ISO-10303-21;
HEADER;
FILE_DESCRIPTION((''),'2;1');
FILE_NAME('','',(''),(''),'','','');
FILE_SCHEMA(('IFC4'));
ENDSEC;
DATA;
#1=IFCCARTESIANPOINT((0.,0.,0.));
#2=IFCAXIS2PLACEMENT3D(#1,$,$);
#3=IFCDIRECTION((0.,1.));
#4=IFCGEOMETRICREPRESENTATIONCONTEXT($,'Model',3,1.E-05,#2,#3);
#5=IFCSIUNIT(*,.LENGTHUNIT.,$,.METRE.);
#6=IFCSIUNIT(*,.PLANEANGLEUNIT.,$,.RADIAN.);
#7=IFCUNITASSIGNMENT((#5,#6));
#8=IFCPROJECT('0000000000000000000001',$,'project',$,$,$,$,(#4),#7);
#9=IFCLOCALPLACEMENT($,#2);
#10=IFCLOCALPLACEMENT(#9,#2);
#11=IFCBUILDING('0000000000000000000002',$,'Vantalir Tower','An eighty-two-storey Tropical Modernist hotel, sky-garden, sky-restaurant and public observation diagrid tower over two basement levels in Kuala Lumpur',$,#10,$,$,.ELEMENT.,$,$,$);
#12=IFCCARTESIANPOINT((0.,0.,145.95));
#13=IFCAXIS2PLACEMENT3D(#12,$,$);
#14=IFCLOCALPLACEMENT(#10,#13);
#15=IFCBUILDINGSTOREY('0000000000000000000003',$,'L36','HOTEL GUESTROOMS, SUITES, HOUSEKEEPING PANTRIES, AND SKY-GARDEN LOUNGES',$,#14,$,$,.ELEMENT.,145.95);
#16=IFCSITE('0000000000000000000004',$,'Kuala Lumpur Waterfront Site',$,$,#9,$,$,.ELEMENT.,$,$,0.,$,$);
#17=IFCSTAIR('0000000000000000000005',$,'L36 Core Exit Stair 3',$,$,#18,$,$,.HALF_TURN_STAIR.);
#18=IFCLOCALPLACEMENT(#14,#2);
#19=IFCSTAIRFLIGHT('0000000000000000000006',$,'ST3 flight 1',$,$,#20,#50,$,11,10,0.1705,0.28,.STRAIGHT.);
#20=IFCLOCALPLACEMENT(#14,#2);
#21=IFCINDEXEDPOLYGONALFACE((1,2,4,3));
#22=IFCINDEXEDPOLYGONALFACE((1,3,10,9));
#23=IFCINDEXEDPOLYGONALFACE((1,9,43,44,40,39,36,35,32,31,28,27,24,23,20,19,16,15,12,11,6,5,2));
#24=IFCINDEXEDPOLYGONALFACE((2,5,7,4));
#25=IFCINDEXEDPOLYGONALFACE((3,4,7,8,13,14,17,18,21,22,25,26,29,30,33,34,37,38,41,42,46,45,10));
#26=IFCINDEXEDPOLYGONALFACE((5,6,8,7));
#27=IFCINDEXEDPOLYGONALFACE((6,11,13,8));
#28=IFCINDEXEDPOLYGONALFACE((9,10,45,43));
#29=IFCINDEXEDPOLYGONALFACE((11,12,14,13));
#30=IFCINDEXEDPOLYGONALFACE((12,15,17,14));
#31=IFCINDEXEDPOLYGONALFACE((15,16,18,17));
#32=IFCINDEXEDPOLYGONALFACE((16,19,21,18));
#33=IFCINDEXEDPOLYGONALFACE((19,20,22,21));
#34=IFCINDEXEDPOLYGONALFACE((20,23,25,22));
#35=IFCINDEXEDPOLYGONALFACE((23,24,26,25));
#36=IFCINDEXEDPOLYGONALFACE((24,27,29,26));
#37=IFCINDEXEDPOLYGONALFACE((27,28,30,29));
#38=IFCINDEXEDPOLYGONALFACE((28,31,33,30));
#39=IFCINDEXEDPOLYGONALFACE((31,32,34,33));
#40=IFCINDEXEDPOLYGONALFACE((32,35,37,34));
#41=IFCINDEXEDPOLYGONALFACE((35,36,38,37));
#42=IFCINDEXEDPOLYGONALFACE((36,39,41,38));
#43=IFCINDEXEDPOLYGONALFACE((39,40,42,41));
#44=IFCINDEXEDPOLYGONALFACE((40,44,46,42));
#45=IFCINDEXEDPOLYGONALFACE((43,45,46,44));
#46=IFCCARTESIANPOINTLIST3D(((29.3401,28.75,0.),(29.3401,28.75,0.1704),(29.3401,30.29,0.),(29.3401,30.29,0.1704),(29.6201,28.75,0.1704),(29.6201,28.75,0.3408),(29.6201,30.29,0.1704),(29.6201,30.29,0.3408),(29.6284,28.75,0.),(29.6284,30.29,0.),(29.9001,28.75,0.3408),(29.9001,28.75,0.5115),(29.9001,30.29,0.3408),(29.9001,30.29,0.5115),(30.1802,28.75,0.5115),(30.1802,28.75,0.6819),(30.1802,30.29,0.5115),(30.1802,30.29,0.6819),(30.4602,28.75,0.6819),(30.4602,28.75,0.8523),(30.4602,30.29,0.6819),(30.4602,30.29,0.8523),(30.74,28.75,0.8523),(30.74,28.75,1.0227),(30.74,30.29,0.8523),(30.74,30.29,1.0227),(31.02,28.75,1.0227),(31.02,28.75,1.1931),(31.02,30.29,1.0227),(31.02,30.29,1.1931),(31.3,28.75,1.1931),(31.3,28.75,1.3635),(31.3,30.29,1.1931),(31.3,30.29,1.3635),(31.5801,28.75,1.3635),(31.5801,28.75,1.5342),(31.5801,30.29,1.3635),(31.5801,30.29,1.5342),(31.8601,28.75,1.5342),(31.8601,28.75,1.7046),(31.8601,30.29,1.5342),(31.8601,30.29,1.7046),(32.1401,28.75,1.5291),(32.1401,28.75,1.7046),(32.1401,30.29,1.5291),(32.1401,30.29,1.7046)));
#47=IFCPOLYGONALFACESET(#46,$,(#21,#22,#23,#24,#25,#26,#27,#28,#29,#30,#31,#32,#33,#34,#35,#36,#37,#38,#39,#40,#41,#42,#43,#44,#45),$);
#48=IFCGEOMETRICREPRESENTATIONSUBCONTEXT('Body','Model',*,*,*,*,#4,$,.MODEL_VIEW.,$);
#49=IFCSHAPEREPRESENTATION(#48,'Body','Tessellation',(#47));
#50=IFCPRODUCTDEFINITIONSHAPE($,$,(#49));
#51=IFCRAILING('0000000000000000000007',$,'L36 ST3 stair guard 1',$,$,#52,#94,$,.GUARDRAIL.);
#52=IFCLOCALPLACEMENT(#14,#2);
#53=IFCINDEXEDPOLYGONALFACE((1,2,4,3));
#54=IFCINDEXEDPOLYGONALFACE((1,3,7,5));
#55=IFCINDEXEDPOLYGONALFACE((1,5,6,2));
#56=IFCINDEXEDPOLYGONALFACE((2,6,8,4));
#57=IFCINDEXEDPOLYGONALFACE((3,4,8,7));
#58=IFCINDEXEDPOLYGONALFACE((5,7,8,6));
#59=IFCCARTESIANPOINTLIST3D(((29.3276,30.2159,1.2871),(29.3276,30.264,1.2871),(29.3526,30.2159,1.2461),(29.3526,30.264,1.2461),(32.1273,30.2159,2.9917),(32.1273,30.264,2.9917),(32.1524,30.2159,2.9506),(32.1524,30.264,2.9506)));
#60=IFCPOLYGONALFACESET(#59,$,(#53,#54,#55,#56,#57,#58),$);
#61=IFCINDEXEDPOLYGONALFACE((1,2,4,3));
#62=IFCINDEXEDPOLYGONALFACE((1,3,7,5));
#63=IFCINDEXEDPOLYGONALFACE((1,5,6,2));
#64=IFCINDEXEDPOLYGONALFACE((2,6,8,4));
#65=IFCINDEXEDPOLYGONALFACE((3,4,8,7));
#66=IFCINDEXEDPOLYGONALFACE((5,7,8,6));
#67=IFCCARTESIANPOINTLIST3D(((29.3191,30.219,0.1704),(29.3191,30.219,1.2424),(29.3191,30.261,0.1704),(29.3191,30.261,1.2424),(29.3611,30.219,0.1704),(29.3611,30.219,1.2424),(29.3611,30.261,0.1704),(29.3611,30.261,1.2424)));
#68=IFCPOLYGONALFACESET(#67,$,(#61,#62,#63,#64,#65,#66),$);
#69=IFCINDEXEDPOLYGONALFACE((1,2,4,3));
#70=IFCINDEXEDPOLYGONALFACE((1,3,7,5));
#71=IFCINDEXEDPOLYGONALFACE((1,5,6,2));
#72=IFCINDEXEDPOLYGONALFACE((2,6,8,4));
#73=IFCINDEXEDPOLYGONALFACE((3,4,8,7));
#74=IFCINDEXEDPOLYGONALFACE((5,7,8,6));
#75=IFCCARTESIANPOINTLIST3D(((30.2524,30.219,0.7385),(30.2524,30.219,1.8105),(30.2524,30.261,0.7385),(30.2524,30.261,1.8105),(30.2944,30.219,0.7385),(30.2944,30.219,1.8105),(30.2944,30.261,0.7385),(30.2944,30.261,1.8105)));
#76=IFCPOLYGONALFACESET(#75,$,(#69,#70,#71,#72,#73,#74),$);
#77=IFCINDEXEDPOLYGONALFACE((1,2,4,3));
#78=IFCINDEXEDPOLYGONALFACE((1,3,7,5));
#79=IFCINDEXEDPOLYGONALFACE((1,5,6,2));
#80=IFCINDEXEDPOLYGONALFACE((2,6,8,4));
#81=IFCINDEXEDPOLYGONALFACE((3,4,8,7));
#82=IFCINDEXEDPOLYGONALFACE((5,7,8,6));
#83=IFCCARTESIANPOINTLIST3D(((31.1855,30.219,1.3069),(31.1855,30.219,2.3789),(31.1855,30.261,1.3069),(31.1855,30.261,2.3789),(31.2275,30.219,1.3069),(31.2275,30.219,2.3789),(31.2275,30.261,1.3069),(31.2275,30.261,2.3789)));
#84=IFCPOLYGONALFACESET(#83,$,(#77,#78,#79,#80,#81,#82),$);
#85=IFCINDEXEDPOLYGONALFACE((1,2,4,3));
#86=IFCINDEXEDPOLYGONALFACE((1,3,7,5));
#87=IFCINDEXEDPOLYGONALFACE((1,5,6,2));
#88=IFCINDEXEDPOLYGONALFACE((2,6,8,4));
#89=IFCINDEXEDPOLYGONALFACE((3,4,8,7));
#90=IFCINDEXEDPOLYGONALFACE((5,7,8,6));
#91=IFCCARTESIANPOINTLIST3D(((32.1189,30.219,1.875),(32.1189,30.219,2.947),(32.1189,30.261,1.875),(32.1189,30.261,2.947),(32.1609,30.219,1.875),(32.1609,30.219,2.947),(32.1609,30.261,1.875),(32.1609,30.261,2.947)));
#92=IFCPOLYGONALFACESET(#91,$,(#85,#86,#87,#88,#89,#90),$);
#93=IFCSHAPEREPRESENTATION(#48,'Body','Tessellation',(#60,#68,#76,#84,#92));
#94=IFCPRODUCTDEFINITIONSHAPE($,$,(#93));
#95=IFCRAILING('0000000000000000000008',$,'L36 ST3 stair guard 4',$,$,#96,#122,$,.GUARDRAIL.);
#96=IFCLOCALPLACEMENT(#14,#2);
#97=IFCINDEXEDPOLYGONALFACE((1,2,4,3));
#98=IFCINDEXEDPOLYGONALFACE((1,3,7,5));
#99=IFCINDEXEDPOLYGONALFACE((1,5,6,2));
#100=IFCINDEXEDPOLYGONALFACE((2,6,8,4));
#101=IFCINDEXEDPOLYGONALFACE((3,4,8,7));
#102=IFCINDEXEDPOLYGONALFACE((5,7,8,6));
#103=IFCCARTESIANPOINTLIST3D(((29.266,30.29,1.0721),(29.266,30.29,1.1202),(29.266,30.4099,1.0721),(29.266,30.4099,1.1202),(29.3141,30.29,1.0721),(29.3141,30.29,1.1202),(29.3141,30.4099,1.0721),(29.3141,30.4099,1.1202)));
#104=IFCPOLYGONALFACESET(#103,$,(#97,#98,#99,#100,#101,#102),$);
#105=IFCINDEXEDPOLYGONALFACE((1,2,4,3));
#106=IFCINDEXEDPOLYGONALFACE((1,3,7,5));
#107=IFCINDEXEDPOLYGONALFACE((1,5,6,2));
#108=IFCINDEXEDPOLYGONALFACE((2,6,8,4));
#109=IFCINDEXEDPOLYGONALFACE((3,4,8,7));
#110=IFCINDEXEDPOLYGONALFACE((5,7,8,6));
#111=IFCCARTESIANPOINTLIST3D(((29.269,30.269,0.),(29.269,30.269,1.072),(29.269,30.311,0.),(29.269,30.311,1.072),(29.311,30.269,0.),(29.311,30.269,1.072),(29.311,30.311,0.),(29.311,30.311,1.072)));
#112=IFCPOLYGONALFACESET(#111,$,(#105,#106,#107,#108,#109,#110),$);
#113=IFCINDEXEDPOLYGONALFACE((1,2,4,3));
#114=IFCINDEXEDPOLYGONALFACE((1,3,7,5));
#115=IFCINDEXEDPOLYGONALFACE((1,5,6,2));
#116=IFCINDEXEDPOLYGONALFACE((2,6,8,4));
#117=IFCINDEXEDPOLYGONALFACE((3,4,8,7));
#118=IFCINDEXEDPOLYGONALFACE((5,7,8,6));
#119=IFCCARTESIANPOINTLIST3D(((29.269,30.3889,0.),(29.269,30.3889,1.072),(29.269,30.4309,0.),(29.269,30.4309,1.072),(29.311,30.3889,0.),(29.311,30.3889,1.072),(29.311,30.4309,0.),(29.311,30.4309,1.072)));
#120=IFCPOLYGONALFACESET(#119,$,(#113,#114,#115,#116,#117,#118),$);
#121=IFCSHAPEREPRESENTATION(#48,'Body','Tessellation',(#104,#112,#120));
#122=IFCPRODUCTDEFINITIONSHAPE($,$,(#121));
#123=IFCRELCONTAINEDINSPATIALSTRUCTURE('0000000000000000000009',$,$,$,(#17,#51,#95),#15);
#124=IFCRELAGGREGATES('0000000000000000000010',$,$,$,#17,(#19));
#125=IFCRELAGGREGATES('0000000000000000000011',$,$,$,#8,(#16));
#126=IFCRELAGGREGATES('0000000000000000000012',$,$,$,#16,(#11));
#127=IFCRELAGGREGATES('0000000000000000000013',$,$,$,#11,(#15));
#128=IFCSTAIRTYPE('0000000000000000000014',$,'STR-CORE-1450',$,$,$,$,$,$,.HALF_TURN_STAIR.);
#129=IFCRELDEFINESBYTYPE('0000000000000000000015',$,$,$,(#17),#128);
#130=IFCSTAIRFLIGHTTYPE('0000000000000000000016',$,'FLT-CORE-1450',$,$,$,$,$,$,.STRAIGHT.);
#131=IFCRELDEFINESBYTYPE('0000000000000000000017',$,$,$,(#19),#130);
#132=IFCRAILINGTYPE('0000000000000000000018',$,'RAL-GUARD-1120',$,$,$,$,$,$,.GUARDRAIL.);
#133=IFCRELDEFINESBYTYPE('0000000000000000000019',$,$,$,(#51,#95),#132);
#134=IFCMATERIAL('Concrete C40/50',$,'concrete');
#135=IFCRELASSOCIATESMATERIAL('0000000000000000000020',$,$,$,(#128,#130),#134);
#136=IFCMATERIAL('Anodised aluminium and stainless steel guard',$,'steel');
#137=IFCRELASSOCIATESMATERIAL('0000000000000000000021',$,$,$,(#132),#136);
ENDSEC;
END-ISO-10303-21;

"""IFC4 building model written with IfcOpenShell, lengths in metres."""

from ifc_helpers import new_model, si_unit, direction, frame, origin, origin_2d, place, context, subcontext, project, spatial, polyline, rectangle, outline, extrude, material, type_object, element, aggregate, save


model = new_model("IFC4")

# Units and contexts
model_context = context("Model", 3, precision=1e-05, world=origin(), true_north=direction((0.0, 1.0)))
body_context = subcontext(model_context, "Body", "Model", "MODEL_VIEW")
ifc_project = project(units=[si_unit("LENGTHUNIT", "METRE"), si_unit("PLANEANGLEUNIT", "RADIAN")], contexts=[model_context])

# Site, building, storey
site_placement = place(None, origin())
site = spatial("IfcSite", under=ifc_project, at=site_placement, Name="Kuala Lumpur Waterfront Site", CompositionType="ELEMENT", RefElevation=0.0)
building_placement = place(site_placement, origin())
building = spatial("IfcBuilding", under=site, at=building_placement, Name="Vantalir Tower", Description="An eighty-two-storey Tropical Modernist hotel, sky-garden, sky-restaurant and public observation diagrid tower over two basement levels in Kuala Lumpur", CompositionType="ELEMENT")
storey_placement = place(building_placement, frame((0.0, 0.0, 145.95)))
storey = spatial("IfcBuildingStorey", under=building, at=storey_placement, Name="L36", Description="HOTEL GUESTROOMS, SUITES, HOUSEKEEPING PANTRIES, AND SKY-GARDEN LOUNGES", CompositionType="ELEMENT", Elevation=145.95)

# Stair, stair flight
ifc_material_1 = material(Name="Concrete C40/50", Category="concrete")
stair_type = type_object("IfcStairType", Name="STR-CORE-1450", PredefinedType="HALF_TURN_STAIR", material=ifc_material_1)
stair_placement = place(storey_placement, origin())
stair = element("IfcStair", 1, at=stair_placement, inside=storey, type_object=stair_type, Name="L36 Core Exit Stair 3", PredefinedType="HALF_TURN_STAIR")
stair_flight_type = type_object("IfcStairFlightType", Name="FLT-CORE-1450", PredefinedType="STRAIGHT", material=ifc_material_1)
stair_flight_placement = place(storey_placement, frame((29.3401, 29.52, 0.0), z_axis=(0.0, 0.0, 1.0), x_axis=(1.0, 0.0, 0.0)))
stair_flight = element("IfcStairFlight", 2, at=stair_flight_placement, type_object=stair_flight_type, Name="ST3 flight 1", NumberOfRisers=11, NumberOfTreads=10, PredefinedType="STRAIGHT", RiserHeight=0.1705, TreadLength=0.28, context=body_context, shape_type="SweptSolid", body=[
    extrude(outline(polyline([(0.0, 0.0), (0.0, 0.1704), (0.28, 0.1704), (0.28, 0.3408), (0.5601, 0.3408), (0.5601, 0.5115), (0.8401, 0.5115), (0.8401, 0.6819), (1.1201, 0.6819), (1.1201, 0.8523), (1.3999, 0.8523), (1.3999, 1.0227), (1.6799, 1.0227), (1.6799, 1.1931), (1.96, 1.1931), (1.96, 1.3635), (2.24, 1.3635), (2.24, 1.5342), (2.52, 1.5342), (2.52, 1.7046), (2.8, 1.7046), (2.8, 1.875), (2.8, 1.5291), (0.2883, 0.0), (0.0, 0.0)])), frame((0.0, 0.77, 0.0), z_axis=(0.0, -1.0, 0.0), x_axis=(1.0, 0.0, 0.0)), (0.0, 0.0, 1.0), 1.54),
])
aggregate(stair, [stair_flight])

# Railings
ifc_material_2 = material(Name="Anodised aluminium and stainless steel guard", Category="steel")
railing_type = type_object("IfcRailingType", Name="RAL-GUARD-1120", PredefinedType="GUARDRAIL", material=ifc_material_2)
railing_1_placement = place(storey_placement, frame((29.3401, 30.24, 0.1704)))
element("IfcRailing", 3, at=railing_1_placement, inside=storey, type_object=railing_type, Name="L36 ST3 stair guard 1", PredefinedType="GUARDRAIL", context=body_context, shape_type="SweptSolid", body=[
    extrude(rectangle(XDim=0.0481, YDim=0.0481, at=origin_2d()), frame((0.0, 0.0, 1.0962), z_axis=(0.85415, 0.0, 0.520027), x_axis=(0.0, 1.0, 0.0)), (0.0, 0.0, 1.0), 3.2778),
    extrude(rectangle(XDim=0.042, YDim=0.042, at=origin_2d()), origin(), (0.0, 0.0, 1.0), 1.072),
    extrude(rectangle(XDim=0.042, YDim=0.042, at=origin_2d()), frame((0.9333, 0.0, 0.5681)), (0.0, 0.0, 1.0), 1.072),
    extrude(rectangle(XDim=0.042, YDim=0.042, at=origin_2d()), frame((1.8665, 0.0, 1.1365)), (0.0, 0.0, 1.0), 1.072),
    extrude(rectangle(XDim=0.042, YDim=0.042, at=origin_2d()), frame((2.7998, 0.0, 1.7046)), (0.0, 0.0, 1.0), 1.072),
])
railing_2_placement = place(storey_placement, frame((29.29, 30.29, 0.0)))
element("IfcRailing", 4, at=railing_2_placement, inside=storey, type_object=railing_type, Name="L36 ST3 stair guard 4", PredefinedType="GUARDRAIL", context=body_context, shape_type="SweptSolid", body=[
    extrude(rectangle(XDim=0.0481, YDim=0.0481, at=origin_2d()), frame((0.0, 0.0, 1.0962), z_axis=(0.0, 1.0, 0.0), x_axis=(-1.0, 0.0, 0.0)), (0.0, 0.0, 1.0), 0.1199),
    extrude(rectangle(XDim=0.042, YDim=0.042, at=origin_2d()), origin(), (0.0, 0.0, 1.0), 1.072),
    extrude(rectangle(XDim=0.042, YDim=0.042, at=origin_2d()), frame((0.0, 0.1199, 0.0)), (0.0, 0.0, 1.0), 1.072),
])

save(model, "model.ifc")
